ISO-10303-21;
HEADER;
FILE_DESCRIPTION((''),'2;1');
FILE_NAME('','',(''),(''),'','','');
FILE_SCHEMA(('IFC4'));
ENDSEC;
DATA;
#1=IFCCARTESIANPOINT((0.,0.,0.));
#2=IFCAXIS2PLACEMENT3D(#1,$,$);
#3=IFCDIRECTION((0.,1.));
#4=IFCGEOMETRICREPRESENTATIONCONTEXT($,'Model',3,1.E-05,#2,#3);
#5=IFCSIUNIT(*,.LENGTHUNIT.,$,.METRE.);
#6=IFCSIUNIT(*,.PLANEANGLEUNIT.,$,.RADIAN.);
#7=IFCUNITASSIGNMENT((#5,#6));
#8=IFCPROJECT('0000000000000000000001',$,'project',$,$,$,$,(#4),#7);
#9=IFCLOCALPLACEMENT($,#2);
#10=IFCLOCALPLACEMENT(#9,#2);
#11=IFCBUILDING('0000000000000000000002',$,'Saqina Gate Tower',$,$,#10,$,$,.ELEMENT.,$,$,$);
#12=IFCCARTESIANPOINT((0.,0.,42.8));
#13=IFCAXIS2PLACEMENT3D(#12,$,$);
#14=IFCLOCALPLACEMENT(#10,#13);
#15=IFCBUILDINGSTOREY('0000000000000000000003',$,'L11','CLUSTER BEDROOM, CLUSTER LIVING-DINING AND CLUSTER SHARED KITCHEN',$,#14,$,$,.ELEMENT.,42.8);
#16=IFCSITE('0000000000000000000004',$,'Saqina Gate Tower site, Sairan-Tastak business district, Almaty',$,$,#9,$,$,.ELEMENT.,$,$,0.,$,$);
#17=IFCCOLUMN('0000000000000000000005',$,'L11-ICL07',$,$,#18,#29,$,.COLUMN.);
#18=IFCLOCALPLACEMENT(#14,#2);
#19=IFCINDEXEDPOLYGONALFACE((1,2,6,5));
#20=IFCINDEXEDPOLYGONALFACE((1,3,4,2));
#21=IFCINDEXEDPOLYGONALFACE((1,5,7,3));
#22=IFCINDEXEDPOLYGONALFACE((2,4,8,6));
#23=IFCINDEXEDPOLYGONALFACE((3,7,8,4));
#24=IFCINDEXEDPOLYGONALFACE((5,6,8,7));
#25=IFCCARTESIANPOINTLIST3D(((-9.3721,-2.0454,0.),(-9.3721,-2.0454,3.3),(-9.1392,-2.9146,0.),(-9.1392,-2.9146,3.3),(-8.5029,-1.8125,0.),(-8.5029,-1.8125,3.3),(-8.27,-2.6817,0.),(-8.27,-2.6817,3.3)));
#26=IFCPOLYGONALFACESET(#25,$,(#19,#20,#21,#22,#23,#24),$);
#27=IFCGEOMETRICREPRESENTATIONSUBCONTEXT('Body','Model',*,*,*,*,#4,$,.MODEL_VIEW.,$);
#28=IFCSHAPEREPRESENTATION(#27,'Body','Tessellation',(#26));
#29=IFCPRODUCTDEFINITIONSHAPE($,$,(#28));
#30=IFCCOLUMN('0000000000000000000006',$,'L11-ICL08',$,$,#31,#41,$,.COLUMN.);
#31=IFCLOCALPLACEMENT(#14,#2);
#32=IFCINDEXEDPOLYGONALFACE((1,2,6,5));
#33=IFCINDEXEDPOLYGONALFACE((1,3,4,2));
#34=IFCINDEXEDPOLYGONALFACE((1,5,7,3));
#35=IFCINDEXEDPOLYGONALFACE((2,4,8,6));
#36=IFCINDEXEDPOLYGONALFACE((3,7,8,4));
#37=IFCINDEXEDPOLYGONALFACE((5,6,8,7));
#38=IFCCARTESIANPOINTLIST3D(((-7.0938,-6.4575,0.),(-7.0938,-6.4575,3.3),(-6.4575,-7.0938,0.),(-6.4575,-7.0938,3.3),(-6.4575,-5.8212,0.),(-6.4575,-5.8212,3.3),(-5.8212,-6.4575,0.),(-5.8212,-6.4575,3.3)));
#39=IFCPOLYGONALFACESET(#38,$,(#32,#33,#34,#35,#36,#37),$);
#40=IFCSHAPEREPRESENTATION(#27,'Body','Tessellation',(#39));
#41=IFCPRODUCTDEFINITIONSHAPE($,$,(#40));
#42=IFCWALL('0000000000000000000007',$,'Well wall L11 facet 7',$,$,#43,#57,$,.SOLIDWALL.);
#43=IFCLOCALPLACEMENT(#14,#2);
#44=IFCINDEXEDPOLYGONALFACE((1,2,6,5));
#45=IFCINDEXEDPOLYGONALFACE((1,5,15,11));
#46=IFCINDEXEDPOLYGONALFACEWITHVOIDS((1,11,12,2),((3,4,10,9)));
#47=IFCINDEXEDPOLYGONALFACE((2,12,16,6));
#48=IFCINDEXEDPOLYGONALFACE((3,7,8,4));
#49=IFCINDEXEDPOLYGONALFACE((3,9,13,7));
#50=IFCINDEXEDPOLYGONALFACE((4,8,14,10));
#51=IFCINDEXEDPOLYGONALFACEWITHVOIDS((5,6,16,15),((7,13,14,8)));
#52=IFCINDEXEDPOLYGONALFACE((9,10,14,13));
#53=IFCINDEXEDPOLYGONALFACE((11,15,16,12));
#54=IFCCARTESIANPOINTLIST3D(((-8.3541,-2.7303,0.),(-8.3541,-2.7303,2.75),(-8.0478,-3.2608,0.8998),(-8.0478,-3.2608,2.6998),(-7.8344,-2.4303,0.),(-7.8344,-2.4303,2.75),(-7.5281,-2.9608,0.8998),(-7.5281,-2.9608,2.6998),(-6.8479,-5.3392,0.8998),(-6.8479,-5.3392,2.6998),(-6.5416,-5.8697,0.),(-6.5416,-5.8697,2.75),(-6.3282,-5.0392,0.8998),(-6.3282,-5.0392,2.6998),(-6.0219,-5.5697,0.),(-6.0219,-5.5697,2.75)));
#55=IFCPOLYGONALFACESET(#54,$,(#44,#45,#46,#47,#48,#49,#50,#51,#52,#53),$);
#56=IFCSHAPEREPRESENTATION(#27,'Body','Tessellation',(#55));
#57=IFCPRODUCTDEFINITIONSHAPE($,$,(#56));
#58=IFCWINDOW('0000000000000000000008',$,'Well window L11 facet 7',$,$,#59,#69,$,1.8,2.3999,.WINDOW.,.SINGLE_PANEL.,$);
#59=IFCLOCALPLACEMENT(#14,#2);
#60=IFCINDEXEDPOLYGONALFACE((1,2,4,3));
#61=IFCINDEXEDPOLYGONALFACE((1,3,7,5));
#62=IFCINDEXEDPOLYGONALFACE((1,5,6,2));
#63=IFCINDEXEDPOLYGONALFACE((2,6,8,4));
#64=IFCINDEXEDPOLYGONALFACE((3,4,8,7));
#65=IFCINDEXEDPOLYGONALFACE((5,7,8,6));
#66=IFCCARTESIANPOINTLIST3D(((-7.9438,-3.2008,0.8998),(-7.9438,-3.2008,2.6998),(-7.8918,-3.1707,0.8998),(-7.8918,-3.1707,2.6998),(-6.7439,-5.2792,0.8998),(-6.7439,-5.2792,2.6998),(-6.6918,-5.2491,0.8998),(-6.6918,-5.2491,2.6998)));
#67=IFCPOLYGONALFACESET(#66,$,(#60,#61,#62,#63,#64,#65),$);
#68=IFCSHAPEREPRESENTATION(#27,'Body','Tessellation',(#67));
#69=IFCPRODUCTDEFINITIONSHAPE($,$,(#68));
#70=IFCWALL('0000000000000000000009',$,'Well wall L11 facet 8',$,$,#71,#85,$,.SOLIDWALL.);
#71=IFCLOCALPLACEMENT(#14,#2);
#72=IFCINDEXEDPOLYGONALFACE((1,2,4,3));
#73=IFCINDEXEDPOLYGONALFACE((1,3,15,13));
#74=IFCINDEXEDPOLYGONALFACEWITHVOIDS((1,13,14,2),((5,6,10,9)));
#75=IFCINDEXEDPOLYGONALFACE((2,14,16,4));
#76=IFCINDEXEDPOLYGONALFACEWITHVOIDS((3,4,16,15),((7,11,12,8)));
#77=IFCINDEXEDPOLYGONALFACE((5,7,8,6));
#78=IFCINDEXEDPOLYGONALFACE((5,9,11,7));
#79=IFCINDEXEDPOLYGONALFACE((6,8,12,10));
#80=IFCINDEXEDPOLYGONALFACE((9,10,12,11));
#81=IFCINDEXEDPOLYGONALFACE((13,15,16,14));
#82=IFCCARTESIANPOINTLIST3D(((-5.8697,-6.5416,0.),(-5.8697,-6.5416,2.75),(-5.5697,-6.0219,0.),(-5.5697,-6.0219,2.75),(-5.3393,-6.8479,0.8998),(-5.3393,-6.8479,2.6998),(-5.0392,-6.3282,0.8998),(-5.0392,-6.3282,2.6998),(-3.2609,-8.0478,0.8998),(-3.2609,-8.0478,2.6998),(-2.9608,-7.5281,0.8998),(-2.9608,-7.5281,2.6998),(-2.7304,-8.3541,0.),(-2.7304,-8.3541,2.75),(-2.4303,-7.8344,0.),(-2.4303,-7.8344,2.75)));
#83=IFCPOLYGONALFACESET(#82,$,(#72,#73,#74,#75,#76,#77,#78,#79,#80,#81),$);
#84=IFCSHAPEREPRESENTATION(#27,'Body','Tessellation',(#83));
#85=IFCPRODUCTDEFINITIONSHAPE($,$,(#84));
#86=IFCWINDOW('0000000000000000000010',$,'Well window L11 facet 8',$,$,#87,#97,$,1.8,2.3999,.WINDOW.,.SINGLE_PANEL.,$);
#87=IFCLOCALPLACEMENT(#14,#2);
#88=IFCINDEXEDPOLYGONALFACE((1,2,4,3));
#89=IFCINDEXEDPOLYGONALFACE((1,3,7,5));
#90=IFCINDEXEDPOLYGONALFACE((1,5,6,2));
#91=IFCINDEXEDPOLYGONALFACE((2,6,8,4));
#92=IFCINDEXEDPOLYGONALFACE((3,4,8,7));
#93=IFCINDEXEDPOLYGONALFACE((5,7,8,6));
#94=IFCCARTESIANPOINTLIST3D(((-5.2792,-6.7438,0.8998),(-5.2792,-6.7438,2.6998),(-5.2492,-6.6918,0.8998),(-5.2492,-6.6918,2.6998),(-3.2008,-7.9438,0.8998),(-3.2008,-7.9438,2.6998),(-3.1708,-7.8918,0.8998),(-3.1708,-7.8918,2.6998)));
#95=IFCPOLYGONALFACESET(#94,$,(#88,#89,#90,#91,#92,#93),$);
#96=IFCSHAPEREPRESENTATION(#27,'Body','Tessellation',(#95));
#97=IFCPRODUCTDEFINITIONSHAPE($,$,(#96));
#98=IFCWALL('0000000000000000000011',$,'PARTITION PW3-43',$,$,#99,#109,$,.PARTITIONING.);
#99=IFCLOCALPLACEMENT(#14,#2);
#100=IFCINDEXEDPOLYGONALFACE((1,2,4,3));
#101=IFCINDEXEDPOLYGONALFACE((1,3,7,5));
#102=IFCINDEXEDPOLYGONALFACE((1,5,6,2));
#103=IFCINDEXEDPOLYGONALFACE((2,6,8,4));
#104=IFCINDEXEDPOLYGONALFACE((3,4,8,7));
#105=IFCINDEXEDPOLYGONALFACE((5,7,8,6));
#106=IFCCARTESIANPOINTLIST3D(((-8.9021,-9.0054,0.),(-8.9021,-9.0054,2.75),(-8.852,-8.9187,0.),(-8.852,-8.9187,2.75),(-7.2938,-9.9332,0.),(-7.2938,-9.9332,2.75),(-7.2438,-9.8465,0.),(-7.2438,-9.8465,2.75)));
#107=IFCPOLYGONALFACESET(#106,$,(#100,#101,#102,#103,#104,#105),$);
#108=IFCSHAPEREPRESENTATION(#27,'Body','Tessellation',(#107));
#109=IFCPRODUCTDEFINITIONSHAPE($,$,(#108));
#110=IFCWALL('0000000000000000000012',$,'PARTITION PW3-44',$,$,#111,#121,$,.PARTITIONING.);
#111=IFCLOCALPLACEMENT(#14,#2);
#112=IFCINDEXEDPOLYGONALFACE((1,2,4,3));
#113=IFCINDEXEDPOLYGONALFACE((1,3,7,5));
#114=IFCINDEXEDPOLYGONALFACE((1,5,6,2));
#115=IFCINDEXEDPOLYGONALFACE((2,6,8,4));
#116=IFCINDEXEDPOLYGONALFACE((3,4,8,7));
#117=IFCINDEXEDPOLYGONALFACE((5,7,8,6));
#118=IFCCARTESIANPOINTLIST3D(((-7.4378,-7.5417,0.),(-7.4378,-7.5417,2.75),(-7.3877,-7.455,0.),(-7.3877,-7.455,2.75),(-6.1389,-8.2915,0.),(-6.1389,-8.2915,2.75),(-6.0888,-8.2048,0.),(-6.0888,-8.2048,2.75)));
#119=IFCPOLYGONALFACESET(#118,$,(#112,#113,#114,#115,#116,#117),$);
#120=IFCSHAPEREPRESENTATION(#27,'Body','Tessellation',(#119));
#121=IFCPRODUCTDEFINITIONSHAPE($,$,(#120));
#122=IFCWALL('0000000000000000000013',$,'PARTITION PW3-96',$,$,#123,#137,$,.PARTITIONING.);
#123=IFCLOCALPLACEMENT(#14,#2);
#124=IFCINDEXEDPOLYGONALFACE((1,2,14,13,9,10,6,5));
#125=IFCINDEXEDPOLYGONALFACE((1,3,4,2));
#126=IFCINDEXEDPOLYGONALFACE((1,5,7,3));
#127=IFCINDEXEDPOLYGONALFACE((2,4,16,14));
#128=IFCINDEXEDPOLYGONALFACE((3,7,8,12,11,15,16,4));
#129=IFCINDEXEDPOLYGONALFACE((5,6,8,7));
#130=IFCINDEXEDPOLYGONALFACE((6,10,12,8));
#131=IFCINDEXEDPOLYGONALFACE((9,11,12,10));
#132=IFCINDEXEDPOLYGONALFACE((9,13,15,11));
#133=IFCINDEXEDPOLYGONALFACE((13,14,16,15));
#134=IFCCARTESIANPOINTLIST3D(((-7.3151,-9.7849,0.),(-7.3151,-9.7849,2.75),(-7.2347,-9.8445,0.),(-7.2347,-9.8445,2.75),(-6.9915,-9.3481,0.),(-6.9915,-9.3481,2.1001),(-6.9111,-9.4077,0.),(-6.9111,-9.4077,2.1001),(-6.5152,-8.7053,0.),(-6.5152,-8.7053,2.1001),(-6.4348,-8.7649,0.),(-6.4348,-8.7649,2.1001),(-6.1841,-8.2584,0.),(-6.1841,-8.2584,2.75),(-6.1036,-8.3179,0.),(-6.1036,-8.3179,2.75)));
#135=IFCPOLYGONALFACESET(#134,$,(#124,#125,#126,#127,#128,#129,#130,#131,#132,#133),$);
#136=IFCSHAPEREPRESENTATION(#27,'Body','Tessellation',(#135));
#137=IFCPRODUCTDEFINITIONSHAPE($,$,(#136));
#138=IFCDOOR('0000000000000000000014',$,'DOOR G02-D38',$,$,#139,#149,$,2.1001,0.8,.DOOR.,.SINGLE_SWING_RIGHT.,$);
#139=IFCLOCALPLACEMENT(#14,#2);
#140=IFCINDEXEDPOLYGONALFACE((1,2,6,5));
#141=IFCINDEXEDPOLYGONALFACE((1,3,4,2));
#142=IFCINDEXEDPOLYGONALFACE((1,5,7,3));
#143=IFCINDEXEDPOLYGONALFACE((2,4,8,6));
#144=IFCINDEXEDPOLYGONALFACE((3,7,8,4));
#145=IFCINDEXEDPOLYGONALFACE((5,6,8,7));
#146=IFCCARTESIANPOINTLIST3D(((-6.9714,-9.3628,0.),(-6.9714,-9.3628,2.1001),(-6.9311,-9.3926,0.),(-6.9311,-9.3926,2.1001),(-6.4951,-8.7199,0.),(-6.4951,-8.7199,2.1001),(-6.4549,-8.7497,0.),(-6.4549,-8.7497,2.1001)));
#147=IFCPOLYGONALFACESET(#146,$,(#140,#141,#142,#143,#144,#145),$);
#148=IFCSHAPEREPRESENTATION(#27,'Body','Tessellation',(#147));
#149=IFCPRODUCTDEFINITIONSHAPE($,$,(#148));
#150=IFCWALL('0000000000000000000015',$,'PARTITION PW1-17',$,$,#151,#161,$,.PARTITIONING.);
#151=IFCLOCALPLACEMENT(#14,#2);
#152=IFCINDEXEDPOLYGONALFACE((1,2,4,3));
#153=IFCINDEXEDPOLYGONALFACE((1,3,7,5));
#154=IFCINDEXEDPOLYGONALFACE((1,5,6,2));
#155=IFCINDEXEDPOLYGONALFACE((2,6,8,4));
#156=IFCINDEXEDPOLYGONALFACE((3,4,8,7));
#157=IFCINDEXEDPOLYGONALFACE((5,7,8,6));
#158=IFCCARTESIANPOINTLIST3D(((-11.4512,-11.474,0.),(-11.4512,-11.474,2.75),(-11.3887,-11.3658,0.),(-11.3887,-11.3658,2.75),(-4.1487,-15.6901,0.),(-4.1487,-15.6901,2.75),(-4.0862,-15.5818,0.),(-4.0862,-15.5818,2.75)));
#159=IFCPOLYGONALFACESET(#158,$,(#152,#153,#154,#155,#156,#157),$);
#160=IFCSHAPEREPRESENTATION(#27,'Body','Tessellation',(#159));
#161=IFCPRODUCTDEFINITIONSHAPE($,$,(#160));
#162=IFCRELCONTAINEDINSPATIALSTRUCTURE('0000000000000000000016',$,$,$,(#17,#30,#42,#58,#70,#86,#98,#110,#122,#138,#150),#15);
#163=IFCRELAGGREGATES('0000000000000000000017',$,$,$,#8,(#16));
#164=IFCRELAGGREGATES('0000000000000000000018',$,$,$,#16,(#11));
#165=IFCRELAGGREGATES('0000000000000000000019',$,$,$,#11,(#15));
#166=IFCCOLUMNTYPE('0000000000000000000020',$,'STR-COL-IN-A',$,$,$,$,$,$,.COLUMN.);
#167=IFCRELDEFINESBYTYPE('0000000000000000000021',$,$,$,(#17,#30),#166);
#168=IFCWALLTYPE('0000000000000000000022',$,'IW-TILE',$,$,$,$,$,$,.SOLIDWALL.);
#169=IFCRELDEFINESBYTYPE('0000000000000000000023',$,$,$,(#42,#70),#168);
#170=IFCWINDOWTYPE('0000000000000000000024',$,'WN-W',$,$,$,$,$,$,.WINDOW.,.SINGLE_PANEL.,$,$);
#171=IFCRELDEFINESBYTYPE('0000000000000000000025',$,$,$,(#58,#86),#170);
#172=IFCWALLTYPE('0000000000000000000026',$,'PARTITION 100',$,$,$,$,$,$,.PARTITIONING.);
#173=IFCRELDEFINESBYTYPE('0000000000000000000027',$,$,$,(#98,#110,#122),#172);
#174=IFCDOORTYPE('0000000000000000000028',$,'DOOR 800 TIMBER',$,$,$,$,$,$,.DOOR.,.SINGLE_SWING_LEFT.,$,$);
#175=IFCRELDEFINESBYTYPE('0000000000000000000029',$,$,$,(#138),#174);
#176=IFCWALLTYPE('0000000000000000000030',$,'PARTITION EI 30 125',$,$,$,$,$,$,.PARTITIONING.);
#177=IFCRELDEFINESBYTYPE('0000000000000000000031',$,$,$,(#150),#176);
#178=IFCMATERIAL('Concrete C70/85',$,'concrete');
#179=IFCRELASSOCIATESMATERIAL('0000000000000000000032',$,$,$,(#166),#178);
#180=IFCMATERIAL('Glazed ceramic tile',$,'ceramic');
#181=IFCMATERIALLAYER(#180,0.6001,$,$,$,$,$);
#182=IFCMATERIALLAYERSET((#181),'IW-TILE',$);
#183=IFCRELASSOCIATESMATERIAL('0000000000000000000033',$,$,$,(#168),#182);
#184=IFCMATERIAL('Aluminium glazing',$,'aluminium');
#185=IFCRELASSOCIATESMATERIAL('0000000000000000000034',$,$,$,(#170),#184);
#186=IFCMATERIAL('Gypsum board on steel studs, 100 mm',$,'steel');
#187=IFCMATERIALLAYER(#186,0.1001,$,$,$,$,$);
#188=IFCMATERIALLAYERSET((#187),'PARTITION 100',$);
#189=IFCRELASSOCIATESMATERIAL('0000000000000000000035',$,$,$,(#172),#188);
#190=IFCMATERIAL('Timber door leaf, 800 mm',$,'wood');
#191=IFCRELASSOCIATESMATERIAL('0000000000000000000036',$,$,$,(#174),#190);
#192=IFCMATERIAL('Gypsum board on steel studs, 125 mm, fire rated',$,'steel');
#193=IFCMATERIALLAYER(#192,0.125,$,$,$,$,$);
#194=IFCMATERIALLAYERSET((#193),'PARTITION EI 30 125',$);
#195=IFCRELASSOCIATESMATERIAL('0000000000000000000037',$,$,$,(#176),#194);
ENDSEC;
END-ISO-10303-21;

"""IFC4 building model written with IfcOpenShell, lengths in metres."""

from ifc_helpers import new_model, si_unit, direction, frame, frame_2d, origin, origin_2d, place, context, subcontext, project, spatial, rectangle, extrude, material, layer, layer_set, material_profile, profile_set, type_object, element, fill, save


model = new_model("IFC4")

# Units and contexts
model_context = context("Model", 3, precision=1e-05, world=origin(), true_north=direction((0.0, 1.0)))
body_context = subcontext(model_context, "Body", "Model", "MODEL_VIEW")
ifc_project = project(units=[si_unit("LENGTHUNIT", "METRE"), si_unit("PLANEANGLEUNIT", "RADIAN")], contexts=[model_context])

# Site, building, storey
site_placement = place(None, origin())
site = spatial("IfcSite", under=ifc_project, at=site_placement, Name="Saqina Gate Tower site, Sairan-Tastak business district, Almaty", CompositionType="ELEMENT", RefElevation=0.0)
building_placement = place(site_placement, origin())
building = spatial("IfcBuilding", under=site, at=building_placement, Name="Saqina Gate Tower", CompositionType="ELEMENT")
storey_placement = place(building_placement, frame((0.0, 0.0, 42.8)))
storey = spatial("IfcBuildingStorey", under=building, at=storey_placement, Name="L11", Description="CLUSTER BEDROOM, CLUSTER LIVING-DINING AND CLUSTER SHARED KITCHEN", CompositionType="ELEMENT", Elevation=42.8)

# Columns
ifc_material_1 = material(Name="Concrete C70/85", Category="concrete")
ifc_material_profile = material_profile(ifc_material_1, rectangle(XDim=0.8999, YDim=0.8999, at=origin_2d()), Name="RC 900x900")
ifc_profile_set = profile_set([ifc_material_profile], Name="Concrete C70/85")
column_type = type_object("IfcColumnType", Name="STR-COL-IN-A", PredefinedType="COLUMN", material=ifc_profile_set)
for number, where, z_axis, x_axis, name in (
    (1, (-8.821, -2.3635, 0.0), (0.0, 0.0, 1.0), (-0.965926, -0.258819, 0.0), "L11-ICL07"),
    (2, (-6.4575, -6.4575, 0.0), (0.0, 0.0, 1.0), (-0.707107, -0.707107, 0.0), "L11-ICL08"),
):
    element("IfcColumn", number, at=place(storey_placement, frame(where, z_axis=z_axis, x_axis=x_axis)), inside=storey, type_object=column_type, Name=name, PredefinedType="COLUMN", context=body_context, shape_type="SweptSolid", body=[
        extrude(rectangle(XDim=0.8999, YDim=0.8999, at=origin_2d()), origin(), (0.0, 0.0, 1.0), 3.3),
    ])

# Walls, openings, windows
ifc_material_2 = material(Name="Glazed ceramic tile", Category="ceramic")
ifc_layer_1 = layer(ifc_material_2, 0.6001)
ifc_layer_set_1 = layer_set([ifc_layer_1], Name="IW-TILE")
wall_type_1 = type_object("IfcWallType", Name="IW-TILE", PredefinedType="SOLIDWALL", material=ifc_layer_set_1)
wall_1_placement = place(storey_placement, frame((-8.0942, -2.5803, 0.0), z_axis=(0.0, 0.0, 1.0), x_axis=(0.499993, -0.86603, 0.0)))
wall_1 = element("IfcWall", 3, at=wall_1_placement, inside=storey, type_object=wall_type_1, Name="Well wall L11 facet 7", PredefinedType="SOLIDWALL", context=body_context, shape_type="SweptSolid", body=[
    extrude(rectangle(XDim=3.625, YDim=0.6001, at=frame_2d((1.8125, 0.0))), origin(), (0.0, 0.0, 1.0), 2.75),
])
opening_1_placement = place(wall_1_placement, frame((0.6125, 0.0, 0.8999)))
opening_1 = element("IfcOpeningElement", 4, at=opening_1_placement, cuts=wall_1, PredefinedType="OPENING", context=body_context, shape_type="SweptSolid", body=[
    extrude(rectangle(XDim=2.3999, YDim=1.8, at=frame_2d((1.2, 0.8999))), frame((0.0, 0.312, 0.0), z_axis=(0.0, -1.0, 0.0), x_axis=(1.0, 0.0, 0.0)), (0.0, 0.0, 1.0), 0.624),
])
ifc_material_3 = material(Name="Aluminium glazing", Category="aluminium")
window_type = type_object("IfcWindowType", Name="WN-W", PartitioningType="SINGLE_PANEL", PredefinedType="WINDOW", material=ifc_material_3)
window_1_placement = place(opening_1_placement, origin())
window_1 = element("IfcWindow", 5, at=window_1_placement, inside=storey, type_object=window_type, Name="Well window L11 facet 7", OverallHeight=1.8, OverallWidth=2.3999, PartitioningType="SINGLE_PANEL", PredefinedType="WINDOW", context=body_context, shape_type="SweptSolid", body=[
    extrude(rectangle(XDim=2.3999, YDim=1.8, at=frame_2d((1.2, 0.8999))), frame((0.0, -0.1199, 0.0), z_axis=(0.0, -1.0, 0.0), x_axis=(1.0, 0.0, 0.0)), (0.0, 0.0, 1.0), 0.0601),
])
fill(opening_1, window_1)
wall_2_placement = place(storey_placement, frame((-5.7197, -6.2817, 0.0), z_axis=(0.0, 0.0, 1.0), x_axis=(0.86603, -0.499993, 0.0)))
wall_2 = element("IfcWall", 6, at=wall_2_placement, inside=storey, type_object=wall_type_1, Name="Well wall L11 facet 8", PredefinedType="SOLIDWALL", context=body_context, shape_type="SweptSolid", body=[
    extrude(rectangle(XDim=3.625, YDim=0.6001, at=frame_2d((1.8125, 0.0))), origin(), (0.0, 0.0, 1.0), 2.75),
])
opening_2_placement = place(wall_2_placement, frame((0.6125, 0.0, 0.8999)))
opening_2 = element("IfcOpeningElement", 7, at=opening_2_placement, cuts=wall_2, PredefinedType="OPENING", context=body_context, shape_type="SweptSolid", body=[
    extrude(rectangle(XDim=2.3999, YDim=1.8, at=frame_2d((1.2, 0.8999))), frame((0.0, 0.312, 0.0), z_axis=(0.0, -1.0, 0.0), x_axis=(1.0, 0.0, 0.0)), (0.0, 0.0, 1.0), 0.624),
])
window_2_placement = place(opening_2_placement, origin())
window_2 = element("IfcWindow", 8, at=window_2_placement, inside=storey, type_object=window_type, Name="Well window L11 facet 8", OverallHeight=1.8, OverallWidth=2.3999, PartitioningType="SINGLE_PANEL", PredefinedType="WINDOW", context=body_context, shape_type="SweptSolid", body=[
    extrude(rectangle(XDim=2.3999, YDim=1.8, at=frame_2d((1.2, 0.8999))), frame((0.0, -0.1199, 0.0), z_axis=(0.0, -1.0, 0.0), x_axis=(1.0, 0.0, 0.0)), (0.0, 0.0, 1.0), 0.0601),
])
fill(opening_2, window_2)

# Walls
ifc_material_4 = material(Name="Gypsum board on steel studs, 100 mm", Category="steel")
ifc_layer_2 = layer(ifc_material_4, 0.1001)
ifc_layer_set_2 = layer_set([ifc_layer_2], Name="PARTITION 100")
wall_type_2 = type_object("IfcWallType", Name="PARTITION 100", PredefinedType="PARTITIONING", material=ifc_layer_set_2)
wall_3_placement = place(storey_placement, frame((-8.877, -8.9622, 0.0), z_axis=(0.0, 0.0, 1.0), x_axis=(0.866197, -0.499703, 0.0)))
element("IfcWall", 9, at=wall_3_placement, inside=storey, type_object=wall_type_2, Name="PARTITION PW3-43", PredefinedType="PARTITIONING", context=body_context, shape_type="SweptSolid", body=[
    extrude(rectangle(XDim=1.8567, YDim=0.1001, at=frame_2d((0.9282, 0.0))), origin(), (0.0, 0.0, 1.0), 2.75),
])
wall_4_placement = place(storey_placement, frame((-7.4128, -7.4983, 0.0), z_axis=(0.0, 0.0, 1.0), x_axis=(0.866061, -0.499939, 0.0)))
element("IfcWall", 10, at=wall_4_placement, inside=storey, type_object=wall_type_2, Name="PARTITION PW3-44", PredefinedType="PARTITIONING", context=body_context, shape_type="SweptSolid", body=[
    extrude(rectangle(XDim=1.4998, YDim=0.1001, at=frame_2d((0.75, 0.0))), origin(), (0.0, 0.0, 1.0), 2.75),
])

# Wall, opening, door
wall_5_placement = place(storey_placement, frame((-7.2749, -9.8147, 0.0), z_axis=(0.0, 0.0, 1.0), x_axis=(0.595323, 0.803487, 0.0)))
wall_5 = element("IfcWall", 11, at=wall_5_placement, inside=storey, type_object=wall_type_2, Name="PARTITION PW3-96", PredefinedType="PARTITIONING", context=body_context, shape_type="SweptSolid", body=[
    extrude(rectangle(XDim=1.8999, YDim=0.1001, at=frame_2d((0.95, 0.0))), origin(), (0.0, 0.0, 1.0), 2.75),
])
opening_3_placement = place(wall_5_placement, frame((0.5437, 0.0, 0.0)))
opening_3 = element("IfcOpeningElement", 12, at=opening_3_placement, cuts=wall_5, PredefinedType="OPENING", context=body_context, shape_type="SweptSolid", body=[
    extrude(rectangle(XDim=0.8, YDim=2.1001, at=frame_2d((0.3999, 1.05))), frame((0.0, 0.062, 0.0), z_axis=(0.0, -1.0, 0.0), x_axis=(1.0, 0.0, 0.0)), (0.0, 0.0, 1.0), 0.124),
])
ifc_material_5 = material(Name="Timber door leaf, 800 mm", Category="wood")
door_type_1 = type_object("IfcDoorType", Name="DOOR 800 TIMBER", OperationType="SINGLE_SWING_LEFT", PredefinedType="DOOR", material=ifc_material_5)
door_1_placement = place(opening_3_placement, frame((0.8, 0.0, 0.0), z_axis=(0.0, 0.0, 1.0), x_axis=(-1.0, 0.0, 0.0)))
door_1 = element("IfcDoor", 13, at=door_1_placement, inside=storey, type_object=door_type_1, Name="DOOR G02-D38", OperationType="SINGLE_SWING_RIGHT", OverallHeight=2.1001, OverallWidth=0.8, PredefinedType="DOOR", context=body_context, shape_type="SweptSolid", body=[
    extrude(rectangle(XDim=0.8, YDim=2.1001, at=frame_2d((0.3999, 1.05))), frame((0.0, 0.0249, 0.0), z_axis=(0.0, -1.0, 0.0), x_axis=(1.0, 0.0, 0.0)), (0.0, 0.0, 1.0), 0.05),
])
fill(opening_3, door_1)

# Wall
ifc_material_6 = material(Name="Gypsum board on steel studs, 125 mm, fire rated", Category="steel")
ifc_layer_3 = layer(ifc_material_6, 0.125)
ifc_layer_set_3 = layer_set([ifc_layer_3], Name="PARTITION EI 30 125")
wall_type_3 = type_object("IfcWallType", Name="PARTITION EI 30 125", PredefinedType="PARTITIONING", material=ifc_layer_set_3)
wall_6_placement = place(storey_placement, frame((-11.4199, -11.4199, 0.0), z_axis=(0.0, 0.0, 1.0), x_axis=(0.866027, -0.499997, 0.0)))
element("IfcWall", 14, at=wall_6_placement, inside=storey, type_object=wall_type_3, Name="PARTITION PW1-17", PredefinedType="PARTITIONING", context=body_context, shape_type="SweptSolid", body=[
    extrude(rectangle(XDim=8.4321, YDim=0.125, at=frame_2d((4.2161, 0.0))), origin(), (0.0, 0.0, 1.0), 2.75),
])

save(model, "model.ifc")
